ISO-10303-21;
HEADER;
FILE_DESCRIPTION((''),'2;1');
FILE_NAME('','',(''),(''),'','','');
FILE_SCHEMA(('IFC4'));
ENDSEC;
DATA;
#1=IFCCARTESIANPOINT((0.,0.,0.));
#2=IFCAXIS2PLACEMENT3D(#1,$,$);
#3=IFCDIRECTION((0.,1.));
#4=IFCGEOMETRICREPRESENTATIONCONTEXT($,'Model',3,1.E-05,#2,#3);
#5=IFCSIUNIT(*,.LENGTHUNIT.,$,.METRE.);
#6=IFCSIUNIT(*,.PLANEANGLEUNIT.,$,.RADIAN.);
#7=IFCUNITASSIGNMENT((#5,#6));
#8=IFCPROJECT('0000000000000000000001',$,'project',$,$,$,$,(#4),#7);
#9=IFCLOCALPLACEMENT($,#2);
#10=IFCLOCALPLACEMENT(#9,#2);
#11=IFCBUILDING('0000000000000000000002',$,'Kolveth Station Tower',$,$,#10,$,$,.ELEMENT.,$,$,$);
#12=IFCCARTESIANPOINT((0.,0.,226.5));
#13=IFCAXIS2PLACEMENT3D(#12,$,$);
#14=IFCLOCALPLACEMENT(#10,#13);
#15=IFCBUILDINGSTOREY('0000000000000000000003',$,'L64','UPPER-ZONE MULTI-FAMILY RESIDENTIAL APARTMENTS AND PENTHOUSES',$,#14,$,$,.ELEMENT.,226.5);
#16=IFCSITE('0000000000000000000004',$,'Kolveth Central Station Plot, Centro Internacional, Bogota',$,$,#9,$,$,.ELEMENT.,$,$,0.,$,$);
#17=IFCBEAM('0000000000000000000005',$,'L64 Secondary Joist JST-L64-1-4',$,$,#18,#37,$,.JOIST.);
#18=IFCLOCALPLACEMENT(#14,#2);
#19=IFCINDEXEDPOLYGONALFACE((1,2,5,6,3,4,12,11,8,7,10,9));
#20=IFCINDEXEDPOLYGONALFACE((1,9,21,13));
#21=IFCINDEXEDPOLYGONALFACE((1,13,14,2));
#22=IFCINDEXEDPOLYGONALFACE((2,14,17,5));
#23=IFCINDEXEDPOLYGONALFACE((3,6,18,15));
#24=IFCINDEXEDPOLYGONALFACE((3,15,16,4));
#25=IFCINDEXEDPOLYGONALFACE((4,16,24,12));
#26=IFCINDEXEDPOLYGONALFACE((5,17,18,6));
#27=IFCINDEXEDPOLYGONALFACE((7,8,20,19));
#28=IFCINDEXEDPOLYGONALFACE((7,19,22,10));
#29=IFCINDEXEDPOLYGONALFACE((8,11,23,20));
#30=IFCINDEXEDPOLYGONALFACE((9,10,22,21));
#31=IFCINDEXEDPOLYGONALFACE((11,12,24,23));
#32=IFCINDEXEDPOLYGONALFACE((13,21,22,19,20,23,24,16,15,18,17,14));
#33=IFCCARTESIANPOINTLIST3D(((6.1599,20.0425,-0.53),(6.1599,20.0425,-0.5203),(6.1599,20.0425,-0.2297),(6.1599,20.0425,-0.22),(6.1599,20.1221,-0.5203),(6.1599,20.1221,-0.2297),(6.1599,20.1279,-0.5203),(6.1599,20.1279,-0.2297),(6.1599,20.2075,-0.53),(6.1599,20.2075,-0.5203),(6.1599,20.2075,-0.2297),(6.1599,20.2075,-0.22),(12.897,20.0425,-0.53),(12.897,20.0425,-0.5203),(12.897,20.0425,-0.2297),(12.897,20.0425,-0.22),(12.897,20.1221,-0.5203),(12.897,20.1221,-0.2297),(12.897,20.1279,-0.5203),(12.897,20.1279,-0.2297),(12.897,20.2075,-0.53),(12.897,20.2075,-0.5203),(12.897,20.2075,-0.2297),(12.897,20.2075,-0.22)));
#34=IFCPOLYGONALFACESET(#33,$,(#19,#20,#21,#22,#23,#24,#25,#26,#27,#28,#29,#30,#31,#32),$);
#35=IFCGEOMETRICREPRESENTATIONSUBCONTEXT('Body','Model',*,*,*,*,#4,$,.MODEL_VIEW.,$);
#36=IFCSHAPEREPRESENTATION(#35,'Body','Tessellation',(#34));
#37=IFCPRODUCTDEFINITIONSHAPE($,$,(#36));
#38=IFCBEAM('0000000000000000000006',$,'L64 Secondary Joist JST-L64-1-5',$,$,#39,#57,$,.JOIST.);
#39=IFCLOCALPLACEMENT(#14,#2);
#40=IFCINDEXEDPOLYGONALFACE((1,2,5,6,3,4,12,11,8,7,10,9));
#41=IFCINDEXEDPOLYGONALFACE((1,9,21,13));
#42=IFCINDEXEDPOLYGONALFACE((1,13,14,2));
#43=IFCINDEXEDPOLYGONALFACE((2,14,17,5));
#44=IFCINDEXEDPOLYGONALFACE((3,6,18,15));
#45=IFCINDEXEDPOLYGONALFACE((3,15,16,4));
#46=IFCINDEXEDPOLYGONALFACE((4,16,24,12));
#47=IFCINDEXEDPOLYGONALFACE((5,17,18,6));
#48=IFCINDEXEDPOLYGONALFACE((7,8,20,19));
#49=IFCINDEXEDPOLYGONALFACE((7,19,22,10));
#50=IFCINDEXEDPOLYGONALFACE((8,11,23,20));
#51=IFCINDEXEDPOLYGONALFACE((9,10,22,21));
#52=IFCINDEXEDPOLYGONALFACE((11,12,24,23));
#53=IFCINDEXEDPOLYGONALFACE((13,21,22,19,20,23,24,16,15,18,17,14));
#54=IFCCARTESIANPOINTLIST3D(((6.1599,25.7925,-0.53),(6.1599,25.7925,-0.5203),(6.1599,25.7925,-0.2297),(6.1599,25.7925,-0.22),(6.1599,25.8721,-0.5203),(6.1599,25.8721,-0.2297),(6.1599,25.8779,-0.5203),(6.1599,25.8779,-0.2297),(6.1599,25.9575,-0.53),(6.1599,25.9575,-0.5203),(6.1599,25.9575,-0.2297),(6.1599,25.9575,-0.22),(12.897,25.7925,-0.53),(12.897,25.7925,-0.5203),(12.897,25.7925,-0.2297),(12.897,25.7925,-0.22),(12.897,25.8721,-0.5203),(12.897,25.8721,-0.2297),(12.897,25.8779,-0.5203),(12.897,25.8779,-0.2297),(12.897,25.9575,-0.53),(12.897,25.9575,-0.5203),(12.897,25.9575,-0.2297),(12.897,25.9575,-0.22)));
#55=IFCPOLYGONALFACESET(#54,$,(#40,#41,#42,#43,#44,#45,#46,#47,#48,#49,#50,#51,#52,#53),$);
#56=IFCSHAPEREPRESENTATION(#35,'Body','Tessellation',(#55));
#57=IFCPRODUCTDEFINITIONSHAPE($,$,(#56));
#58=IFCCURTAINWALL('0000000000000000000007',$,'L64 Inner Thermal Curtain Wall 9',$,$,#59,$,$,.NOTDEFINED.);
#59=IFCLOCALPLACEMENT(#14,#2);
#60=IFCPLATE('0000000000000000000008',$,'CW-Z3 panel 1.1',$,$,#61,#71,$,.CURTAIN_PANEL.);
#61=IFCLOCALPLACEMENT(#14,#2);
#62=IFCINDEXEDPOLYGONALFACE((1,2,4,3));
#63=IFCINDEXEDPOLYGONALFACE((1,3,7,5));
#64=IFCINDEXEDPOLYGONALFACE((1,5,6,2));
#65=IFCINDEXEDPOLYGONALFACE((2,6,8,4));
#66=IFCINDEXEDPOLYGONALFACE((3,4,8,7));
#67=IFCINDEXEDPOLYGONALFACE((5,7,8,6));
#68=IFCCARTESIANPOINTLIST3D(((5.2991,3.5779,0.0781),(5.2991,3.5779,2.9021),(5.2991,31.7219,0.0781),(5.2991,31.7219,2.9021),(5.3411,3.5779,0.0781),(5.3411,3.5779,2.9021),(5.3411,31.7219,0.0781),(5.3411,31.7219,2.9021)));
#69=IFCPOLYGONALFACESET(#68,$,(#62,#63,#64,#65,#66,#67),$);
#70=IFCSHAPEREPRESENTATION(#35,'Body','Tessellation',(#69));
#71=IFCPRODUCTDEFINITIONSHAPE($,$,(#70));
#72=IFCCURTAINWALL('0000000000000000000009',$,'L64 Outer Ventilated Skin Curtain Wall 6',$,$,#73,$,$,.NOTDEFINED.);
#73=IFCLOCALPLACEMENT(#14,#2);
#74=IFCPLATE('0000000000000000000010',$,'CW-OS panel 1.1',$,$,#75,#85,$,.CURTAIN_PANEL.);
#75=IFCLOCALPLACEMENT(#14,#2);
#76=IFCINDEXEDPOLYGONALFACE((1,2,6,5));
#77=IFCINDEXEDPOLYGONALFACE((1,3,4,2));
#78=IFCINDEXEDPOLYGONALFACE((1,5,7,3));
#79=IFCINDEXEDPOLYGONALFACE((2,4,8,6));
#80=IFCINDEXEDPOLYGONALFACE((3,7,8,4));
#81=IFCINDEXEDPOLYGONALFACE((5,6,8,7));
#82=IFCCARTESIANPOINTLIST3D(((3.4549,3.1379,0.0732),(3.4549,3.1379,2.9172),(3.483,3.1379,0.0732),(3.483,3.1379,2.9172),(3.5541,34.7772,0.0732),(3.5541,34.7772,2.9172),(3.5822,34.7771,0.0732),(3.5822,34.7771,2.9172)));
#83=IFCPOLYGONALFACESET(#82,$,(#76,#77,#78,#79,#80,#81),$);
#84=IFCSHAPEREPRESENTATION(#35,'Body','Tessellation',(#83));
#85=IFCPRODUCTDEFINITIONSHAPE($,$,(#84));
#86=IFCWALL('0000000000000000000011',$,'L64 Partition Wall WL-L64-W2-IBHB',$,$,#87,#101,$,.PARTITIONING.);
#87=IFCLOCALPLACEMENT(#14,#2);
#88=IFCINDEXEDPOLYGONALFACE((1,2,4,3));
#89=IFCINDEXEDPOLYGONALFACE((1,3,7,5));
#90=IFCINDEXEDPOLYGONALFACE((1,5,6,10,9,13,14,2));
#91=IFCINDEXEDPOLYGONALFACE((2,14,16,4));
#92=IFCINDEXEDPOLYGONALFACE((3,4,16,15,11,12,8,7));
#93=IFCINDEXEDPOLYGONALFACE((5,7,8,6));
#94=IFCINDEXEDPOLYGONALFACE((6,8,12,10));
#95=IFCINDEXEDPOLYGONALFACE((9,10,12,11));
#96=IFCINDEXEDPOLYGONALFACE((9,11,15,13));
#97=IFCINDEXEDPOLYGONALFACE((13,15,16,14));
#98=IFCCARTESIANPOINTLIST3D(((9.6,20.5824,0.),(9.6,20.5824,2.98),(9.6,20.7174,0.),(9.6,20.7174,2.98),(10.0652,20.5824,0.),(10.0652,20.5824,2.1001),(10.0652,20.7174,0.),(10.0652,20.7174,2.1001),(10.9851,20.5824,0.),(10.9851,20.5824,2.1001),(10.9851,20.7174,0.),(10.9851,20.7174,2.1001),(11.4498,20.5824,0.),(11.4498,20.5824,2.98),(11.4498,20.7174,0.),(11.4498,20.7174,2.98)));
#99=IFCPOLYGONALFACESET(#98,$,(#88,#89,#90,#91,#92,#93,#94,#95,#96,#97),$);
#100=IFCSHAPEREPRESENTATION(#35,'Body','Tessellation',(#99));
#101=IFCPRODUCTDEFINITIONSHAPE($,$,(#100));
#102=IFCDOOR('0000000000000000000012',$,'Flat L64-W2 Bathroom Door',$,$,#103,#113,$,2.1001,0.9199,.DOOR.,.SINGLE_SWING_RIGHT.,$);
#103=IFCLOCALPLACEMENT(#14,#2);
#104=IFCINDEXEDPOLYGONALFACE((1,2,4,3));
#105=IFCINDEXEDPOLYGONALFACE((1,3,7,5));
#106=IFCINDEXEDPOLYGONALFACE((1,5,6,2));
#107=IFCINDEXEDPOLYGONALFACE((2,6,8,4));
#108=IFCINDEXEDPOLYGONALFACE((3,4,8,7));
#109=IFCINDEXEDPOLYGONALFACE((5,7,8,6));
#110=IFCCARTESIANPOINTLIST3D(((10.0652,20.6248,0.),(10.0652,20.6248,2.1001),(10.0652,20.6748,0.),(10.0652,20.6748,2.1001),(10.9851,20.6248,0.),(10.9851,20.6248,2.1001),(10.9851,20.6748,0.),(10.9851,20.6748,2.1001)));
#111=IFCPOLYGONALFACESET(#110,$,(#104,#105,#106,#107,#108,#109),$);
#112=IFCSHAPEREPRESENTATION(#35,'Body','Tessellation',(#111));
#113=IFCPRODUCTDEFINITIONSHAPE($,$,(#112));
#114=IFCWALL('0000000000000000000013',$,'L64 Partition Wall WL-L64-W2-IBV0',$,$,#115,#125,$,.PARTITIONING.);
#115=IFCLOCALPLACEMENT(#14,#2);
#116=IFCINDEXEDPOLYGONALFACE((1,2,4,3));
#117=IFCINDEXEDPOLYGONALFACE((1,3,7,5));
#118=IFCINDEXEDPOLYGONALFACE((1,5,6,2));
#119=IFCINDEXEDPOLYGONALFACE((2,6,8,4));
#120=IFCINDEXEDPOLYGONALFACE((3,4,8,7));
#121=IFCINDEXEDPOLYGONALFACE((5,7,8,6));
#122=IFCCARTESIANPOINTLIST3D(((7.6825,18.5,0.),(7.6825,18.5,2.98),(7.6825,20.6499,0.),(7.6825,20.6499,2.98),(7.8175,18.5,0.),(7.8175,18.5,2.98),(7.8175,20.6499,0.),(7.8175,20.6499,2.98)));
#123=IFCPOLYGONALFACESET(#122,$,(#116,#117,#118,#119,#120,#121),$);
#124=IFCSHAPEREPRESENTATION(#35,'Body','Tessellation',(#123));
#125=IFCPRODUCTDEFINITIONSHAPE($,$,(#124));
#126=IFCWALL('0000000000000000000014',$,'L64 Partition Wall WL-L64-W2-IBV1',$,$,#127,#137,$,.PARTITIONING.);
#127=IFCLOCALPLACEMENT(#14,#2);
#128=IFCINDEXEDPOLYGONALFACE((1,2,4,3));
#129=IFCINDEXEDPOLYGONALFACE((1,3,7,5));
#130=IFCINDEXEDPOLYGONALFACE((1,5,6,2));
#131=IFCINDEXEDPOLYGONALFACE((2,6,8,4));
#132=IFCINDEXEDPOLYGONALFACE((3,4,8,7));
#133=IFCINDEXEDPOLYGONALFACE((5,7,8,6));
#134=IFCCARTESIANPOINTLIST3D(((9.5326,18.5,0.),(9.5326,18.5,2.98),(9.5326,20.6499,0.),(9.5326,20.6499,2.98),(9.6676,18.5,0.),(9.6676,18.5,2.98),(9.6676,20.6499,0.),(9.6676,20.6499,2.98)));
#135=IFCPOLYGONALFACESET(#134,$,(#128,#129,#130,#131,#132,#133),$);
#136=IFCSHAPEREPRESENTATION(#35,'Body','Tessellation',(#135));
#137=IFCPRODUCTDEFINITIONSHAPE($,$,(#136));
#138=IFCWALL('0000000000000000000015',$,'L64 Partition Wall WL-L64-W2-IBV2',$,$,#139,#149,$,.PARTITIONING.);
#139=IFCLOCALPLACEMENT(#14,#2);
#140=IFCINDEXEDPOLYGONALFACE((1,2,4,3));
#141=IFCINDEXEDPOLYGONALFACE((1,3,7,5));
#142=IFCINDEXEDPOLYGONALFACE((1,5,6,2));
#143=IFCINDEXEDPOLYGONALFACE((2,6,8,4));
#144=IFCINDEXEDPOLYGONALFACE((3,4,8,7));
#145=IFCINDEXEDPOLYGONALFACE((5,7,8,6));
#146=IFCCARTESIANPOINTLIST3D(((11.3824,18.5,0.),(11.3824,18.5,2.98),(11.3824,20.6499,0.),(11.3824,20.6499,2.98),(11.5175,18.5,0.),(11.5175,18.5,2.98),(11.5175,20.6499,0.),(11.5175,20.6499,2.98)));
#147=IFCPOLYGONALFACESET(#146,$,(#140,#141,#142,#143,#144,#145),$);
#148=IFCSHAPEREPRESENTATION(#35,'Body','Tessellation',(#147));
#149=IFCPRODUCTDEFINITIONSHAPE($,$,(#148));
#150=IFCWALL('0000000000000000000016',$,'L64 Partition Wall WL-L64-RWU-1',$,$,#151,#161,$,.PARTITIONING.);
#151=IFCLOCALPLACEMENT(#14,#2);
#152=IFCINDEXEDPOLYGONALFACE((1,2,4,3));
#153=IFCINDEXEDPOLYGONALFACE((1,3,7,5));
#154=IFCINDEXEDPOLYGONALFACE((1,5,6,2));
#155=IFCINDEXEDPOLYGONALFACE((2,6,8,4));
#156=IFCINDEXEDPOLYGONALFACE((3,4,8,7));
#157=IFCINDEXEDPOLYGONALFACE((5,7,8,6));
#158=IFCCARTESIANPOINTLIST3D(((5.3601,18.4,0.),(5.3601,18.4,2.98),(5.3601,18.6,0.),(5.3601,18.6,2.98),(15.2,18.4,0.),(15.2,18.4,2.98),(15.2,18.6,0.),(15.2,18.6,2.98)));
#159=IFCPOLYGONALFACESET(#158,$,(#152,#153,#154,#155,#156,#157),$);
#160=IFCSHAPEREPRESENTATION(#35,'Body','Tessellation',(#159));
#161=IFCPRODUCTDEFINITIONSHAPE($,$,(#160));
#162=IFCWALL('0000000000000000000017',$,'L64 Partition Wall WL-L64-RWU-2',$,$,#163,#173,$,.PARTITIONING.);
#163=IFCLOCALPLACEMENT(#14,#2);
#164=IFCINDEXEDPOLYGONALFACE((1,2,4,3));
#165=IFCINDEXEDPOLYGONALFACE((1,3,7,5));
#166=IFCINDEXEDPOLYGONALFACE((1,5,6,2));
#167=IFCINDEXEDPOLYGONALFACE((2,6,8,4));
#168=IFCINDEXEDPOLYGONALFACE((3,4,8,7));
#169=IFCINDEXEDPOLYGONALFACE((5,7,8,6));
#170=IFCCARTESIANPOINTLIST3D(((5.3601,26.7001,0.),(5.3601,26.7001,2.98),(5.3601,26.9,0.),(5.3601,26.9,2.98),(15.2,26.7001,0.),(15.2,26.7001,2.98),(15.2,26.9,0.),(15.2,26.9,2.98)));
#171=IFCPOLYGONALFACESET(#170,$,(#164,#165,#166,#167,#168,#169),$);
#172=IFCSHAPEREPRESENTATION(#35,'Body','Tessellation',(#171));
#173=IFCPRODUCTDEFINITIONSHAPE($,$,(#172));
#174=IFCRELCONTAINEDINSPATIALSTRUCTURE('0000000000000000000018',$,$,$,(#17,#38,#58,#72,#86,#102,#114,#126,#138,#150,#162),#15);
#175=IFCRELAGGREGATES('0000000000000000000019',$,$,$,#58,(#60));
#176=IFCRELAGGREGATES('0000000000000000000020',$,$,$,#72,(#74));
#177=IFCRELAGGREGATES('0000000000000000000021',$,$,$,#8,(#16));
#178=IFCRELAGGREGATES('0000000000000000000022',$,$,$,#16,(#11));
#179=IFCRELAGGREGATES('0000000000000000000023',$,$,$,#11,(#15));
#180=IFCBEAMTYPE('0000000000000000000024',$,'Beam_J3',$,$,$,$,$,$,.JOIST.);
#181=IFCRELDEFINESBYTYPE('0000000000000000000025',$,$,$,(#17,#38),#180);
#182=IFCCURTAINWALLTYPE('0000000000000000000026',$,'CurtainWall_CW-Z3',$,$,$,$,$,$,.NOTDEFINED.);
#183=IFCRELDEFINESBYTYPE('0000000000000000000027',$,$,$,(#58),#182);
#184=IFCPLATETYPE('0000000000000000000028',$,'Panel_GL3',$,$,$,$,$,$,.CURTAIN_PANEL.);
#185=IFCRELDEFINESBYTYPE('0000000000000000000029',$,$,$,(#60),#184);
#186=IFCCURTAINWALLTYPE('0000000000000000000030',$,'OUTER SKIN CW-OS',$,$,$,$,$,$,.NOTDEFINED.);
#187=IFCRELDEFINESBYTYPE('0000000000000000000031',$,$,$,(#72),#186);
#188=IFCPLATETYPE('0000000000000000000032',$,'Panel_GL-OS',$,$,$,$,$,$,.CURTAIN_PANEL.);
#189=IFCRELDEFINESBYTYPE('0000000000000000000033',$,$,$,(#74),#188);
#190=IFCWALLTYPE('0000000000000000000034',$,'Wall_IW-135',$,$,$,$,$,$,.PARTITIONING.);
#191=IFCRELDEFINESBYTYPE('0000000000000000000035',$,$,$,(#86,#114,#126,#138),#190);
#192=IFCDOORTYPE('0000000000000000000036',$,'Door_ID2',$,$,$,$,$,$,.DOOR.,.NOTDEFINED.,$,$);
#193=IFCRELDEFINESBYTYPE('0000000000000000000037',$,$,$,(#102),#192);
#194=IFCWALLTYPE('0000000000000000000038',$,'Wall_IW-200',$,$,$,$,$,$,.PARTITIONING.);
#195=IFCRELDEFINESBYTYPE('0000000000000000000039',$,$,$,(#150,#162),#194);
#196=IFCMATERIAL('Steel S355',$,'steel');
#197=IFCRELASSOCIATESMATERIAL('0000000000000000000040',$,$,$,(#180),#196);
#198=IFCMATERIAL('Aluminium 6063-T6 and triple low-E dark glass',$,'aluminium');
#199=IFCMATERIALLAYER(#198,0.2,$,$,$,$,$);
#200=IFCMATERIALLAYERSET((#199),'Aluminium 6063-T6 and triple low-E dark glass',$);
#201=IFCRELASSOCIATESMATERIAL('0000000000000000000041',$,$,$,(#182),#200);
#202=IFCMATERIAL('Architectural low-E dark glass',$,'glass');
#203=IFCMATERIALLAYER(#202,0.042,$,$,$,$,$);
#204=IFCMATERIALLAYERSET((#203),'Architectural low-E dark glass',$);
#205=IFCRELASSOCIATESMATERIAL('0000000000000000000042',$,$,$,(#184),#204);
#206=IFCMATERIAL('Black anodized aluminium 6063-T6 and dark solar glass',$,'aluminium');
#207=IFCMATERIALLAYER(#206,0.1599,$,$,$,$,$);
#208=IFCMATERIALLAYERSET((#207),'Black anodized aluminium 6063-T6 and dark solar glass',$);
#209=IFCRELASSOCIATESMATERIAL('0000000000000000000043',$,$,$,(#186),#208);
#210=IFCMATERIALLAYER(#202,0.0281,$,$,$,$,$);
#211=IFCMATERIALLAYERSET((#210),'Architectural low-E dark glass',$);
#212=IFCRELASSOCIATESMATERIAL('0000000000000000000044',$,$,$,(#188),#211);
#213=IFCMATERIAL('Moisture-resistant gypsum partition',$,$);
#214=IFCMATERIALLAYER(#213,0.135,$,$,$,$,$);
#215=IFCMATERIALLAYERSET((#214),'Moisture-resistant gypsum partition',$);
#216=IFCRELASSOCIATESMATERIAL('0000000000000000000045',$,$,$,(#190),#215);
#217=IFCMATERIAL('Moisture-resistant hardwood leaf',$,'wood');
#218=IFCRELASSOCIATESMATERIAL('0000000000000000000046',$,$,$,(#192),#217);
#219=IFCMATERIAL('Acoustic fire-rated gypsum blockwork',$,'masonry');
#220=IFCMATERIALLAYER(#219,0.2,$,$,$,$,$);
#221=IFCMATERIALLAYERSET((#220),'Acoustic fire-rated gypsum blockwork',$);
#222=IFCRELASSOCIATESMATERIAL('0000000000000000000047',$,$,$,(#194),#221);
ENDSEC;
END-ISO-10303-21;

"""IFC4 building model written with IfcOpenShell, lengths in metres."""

from ifc_helpers import new_model, si_unit, direction, frame, frame_2d, origin, origin_2d, place, context, subcontext, project, spatial, rectangle, i_section, extrude, source, transform, mapped, material, layer, layer_set, material_profile, profile_set, type_object, element, fill, aggregate, save


model = new_model("IFC4")

# Units and contexts
model_context = context("Model", 3, precision=1e-05, world=origin(), true_north=direction((0.0, 1.0)))
body_context = subcontext(model_context, "Body", "Model", "MODEL_VIEW")
ifc_project = project(units=[si_unit("LENGTHUNIT", "METRE"), si_unit("PLANEANGLEUNIT", "RADIAN")], contexts=[model_context])

# Site, building, storey
site_placement = place(None, origin())
site = spatial("IfcSite", under=ifc_project, at=site_placement, Name="Kolveth Central Station Plot, Centro Internacional, Bogota", CompositionType="ELEMENT", RefElevation=0.0)
building_placement = place(site_placement, origin())
building = spatial("IfcBuilding", under=site, at=building_placement, Name="Kolveth Station Tower", CompositionType="ELEMENT")
storey_placement = place(building_placement, frame((0.0, 0.0, 226.5)))
storey = spatial("IfcBuildingStorey", under=building, at=storey_placement, Name="L64", Description="UPPER-ZONE MULTI-FAMILY RESIDENTIAL APARTMENTS AND PENTHOUSES", CompositionType="ELEMENT", Elevation=226.5)

# Shared definitions
ifc_material_1 = material(Name="Steel S355", Category="steel")

# Beams
ifc_material_profile_1 = material_profile(ifc_material_1, i_section(OverallWidth=0.165, OverallDepth=0.3101, WebThickness=0.0059, FlangeThickness=0.0098, at=origin_2d()), Name="W310x39")
ifc_profile_set_1 = profile_set([ifc_material_profile_1], Name="Steel S355")
beam_type_1 = type_object("IfcBeamType", Name="Beam_J3", PredefinedType="JOIST", material=ifc_profile_set_1)
shared_shape_1 = source(origin(), body_context, "Body", "SweptSolid", [
    extrude(i_section(OverallWidth=0.165, OverallDepth=0.3101, WebThickness=0.0059, FlangeThickness=0.0098, at=origin_2d()), origin(), (0.0, 0.0, 1.0), 6.7371),
])
for number, where, z_axis, x_axis, name in (
    (1, (6.1599, 20.125, -0.375), (1.0, 0.0, 0.0), (0.0, 1.0, 0.0), "L64 Secondary Joist JST-L64-1-4"),
    (2, (6.1599, 25.875, -0.375), (1.0, 0.0, 0.0), (0.0, 1.0, 0.0), "L64 Secondary Joist JST-L64-1-5"),
):
    element("IfcBeam", number, at=place(storey_placement, frame(where, z_axis=z_axis, x_axis=x_axis)), inside=storey, type_object=beam_type_1, Name=name, PredefinedType="JOIST", context=body_context, shape_type="MappedRepresentation", body=[
        mapped(shared_shape_1, transform((0.0, 0.0, 0.0), x_axis=(1.0, 0.0, 0.0), y_axis=(0.0, 1.0, 0.0), z_axis=(0.0, 0.0, 1.0), scale=1.0)),
    ])

# Curtain walls, plates
ifc_material_2 = material(Name="Aluminium 6063-T6 and triple low-E dark glass", Category="aluminium")
ifc_layer_1 = layer(ifc_material_2, 0.2)
ifc_layer_set_1 = layer_set([ifc_layer_1], Name="Aluminium 6063-T6 and triple low-E dark glass")
curtain_wall_type_1 = type_object("IfcCurtainWallType", Name="CurtainWall_CW-Z3", PredefinedType="NOTDEFINED", material=ifc_layer_set_1)
curtain_wall_1_placement = place(storey_placement, origin())
curtain_wall_1 = element("IfcCurtainWall", 3, at=curtain_wall_1_placement, inside=storey, type_object=curtain_wall_type_1, Name="L64 Inner Thermal Curtain Wall 9", PredefinedType="NOTDEFINED")
ifc_material_3 = material(Name="Architectural low-E dark glass", Category="glass")
ifc_layer_2 = layer(ifc_material_3, 0.042)
ifc_layer_set_2 = layer_set([ifc_layer_2], Name="Architectural low-E dark glass")
plate_type_1 = type_object("IfcPlateType", Name="Panel_GL3", PredefinedType="CURTAIN_PANEL", material=ifc_layer_set_2)
shared_shape_2 = source(origin(), body_context, "Body", "SweptSolid", [
    extrude(rectangle(XDim=28.144, YDim=0.042, at=origin_2d()), origin(), (0.0, 0.0, 1.0), 2.824),
])
plate_1_placement = place(storey_placement, frame((5.3201, 17.6499, 0.0781), z_axis=(0.0, 0.0, 1.0), x_axis=(0.0, -1.0, 0.0)))
plate_1 = element("IfcPlate", 4, at=plate_1_placement, type_object=plate_type_1, Name="CW-Z3 panel 1.1", PredefinedType="CURTAIN_PANEL", context=body_context, shape_type="MappedRepresentation", body=[
    mapped(shared_shape_2, transform((0.0, 0.0, 0.0), x_axis=(1.0, 0.0, 0.0), y_axis=(0.0, 1.0, 0.0), z_axis=(0.0, 0.0, 1.0), scale=1.0)),
])
aggregate(curtain_wall_1, [plate_1])
ifc_material_4 = material(Name="Black anodized aluminium 6063-T6 and dark solar glass", Category="aluminium")
ifc_layer_3 = layer(ifc_material_4, 0.1599)
ifc_layer_set_3 = layer_set([ifc_layer_3], Name="Black anodized aluminium 6063-T6 and dark solar glass")
curtain_wall_type_2 = type_object("IfcCurtainWallType", Name="OUTER SKIN CW-OS", PredefinedType="NOTDEFINED", material=ifc_layer_set_3)
curtain_wall_2_placement = place(storey_placement, origin())
curtain_wall_2 = element("IfcCurtainWall", 5, at=curtain_wall_2_placement, inside=storey, type_object=curtain_wall_type_2, Name="L64 Outer Ventilated Skin Curtain Wall 6", PredefinedType="NOTDEFINED")
ifc_layer_4 = layer(ifc_material_3, 0.0281)
ifc_layer_set_4 = layer_set([ifc_layer_4], Name="Architectural low-E dark glass")
plate_type_2 = type_object("IfcPlateType", Name="Panel_GL-OS", PredefinedType="CURTAIN_PANEL", material=ifc_layer_set_4)
shared_shape_3 = source(origin(), body_context, "Body", "SweptSolid", [
    extrude(rectangle(XDim=31.6394, YDim=0.0281, at=origin_2d()), origin(), (0.0, 0.0, 1.0), 2.844),
])
plate_2_placement = place(storey_placement, frame((3.5186, 18.9575, 0.0732), z_axis=(0.0, 0.0, 1.0), x_axis=(-0.003135, -0.999995, 0.0)))
plate_2 = element("IfcPlate", 6, at=plate_2_placement, type_object=plate_type_2, Name="CW-OS panel 1.1", PredefinedType="CURTAIN_PANEL", context=body_context, shape_type="MappedRepresentation", body=[
    mapped(shared_shape_3, transform((0.0, 0.0, 0.0), x_axis=(1.0, 0.0, 0.0), y_axis=(0.0, 1.0, 0.0), z_axis=(0.0, 0.0, 1.0), scale=1.0)),
])
aggregate(curtain_wall_2, [plate_2])

# Wall, opening, door
ifc_material_5 = material(Name="Moisture-resistant gypsum partition")
ifc_layer_5 = layer(ifc_material_5, 0.135)
ifc_layer_set_5 = layer_set([ifc_layer_5], Name="Moisture-resistant gypsum partition")
wall_type_1 = type_object("IfcWallType", Name="Wall_IW-135", PredefinedType="PARTITIONING", material=ifc_layer_set_5)
wall_1_placement = place(storey_placement, frame((9.6001, 20.6499, 0.0), z_axis=(0.0, 0.0, 1.0), x_axis=(1.0, 0.0, 0.0)))
wall_1 = element("IfcWall", 7, at=wall_1_placement, inside=storey, type_object=wall_type_1, Name="L64 Partition Wall WL-L64-W2-IBHB", PredefinedType="PARTITIONING", context=body_context, shape_type="SweptSolid", body=[
    extrude(rectangle(XDim=1.8499, YDim=0.135, at=frame_2d((0.9248, 0.0))), origin(), (0.0, 0.0, 1.0), 2.98),
])
opening_1_placement = place(wall_1_placement, frame((0.4651, 0.0, 0.0)))
opening_1 = element("IfcOpeningElement", 8, at=opening_1_placement, cuts=wall_1, PredefinedType="OPENING", context=body_context, shape_type="SweptSolid", body=[
    extrude(rectangle(XDim=0.9199, YDim=2.1001, at=frame_2d((0.46, 1.05))), frame((0.0, 0.0774, 0.0), z_axis=(0.0, -1.0, 0.0), x_axis=(1.0, 0.0, 0.0)), (0.0, 0.0, 1.0), 0.155),
])
ifc_material_6 = material(Name="Moisture-resistant hardwood leaf", Category="wood")
door_type_1 = type_object("IfcDoorType", Name="Door_ID2", OperationType="NOTDEFINED", PredefinedType="DOOR", material=ifc_material_6)
door_1_placement = place(opening_1_placement, origin())
door_1 = element("IfcDoor", 9, at=door_1_placement, inside=storey, type_object=door_type_1, Name="Flat L64-W2 Bathroom Door", OperationType="SINGLE_SWING_RIGHT", OverallHeight=2.1001, OverallWidth=0.9199, PredefinedType="DOOR", context=body_context, shape_type="SweptSolid", body=[
    extrude(rectangle(XDim=0.9199, YDim=2.1001, at=frame_2d((0.46, 1.05))), frame((0.0, 0.0249, 0.0), z_axis=(0.0, -1.0, 0.0), x_axis=(1.0, 0.0, 0.0)), (0.0, 0.0, 1.0), 0.05),
])
fill(opening_1, door_1)

# Walls
for number, where, z_axis, x_axis, name in (
    (10, (7.75, 18.5, 0.0), (0.0, 0.0, 1.0), (0.0, 1.0, 0.0), "L64 Partition Wall WL-L64-W2-IBV0"),
    (11, (9.6001, 18.5, 0.0), (0.0, 0.0, 1.0), (0.0, 1.0, 0.0), "L64 Partition Wall WL-L64-W2-IBV1"),
    (12, (11.45, 18.5, 0.0), (0.0, 0.0, 1.0), (0.0, 1.0, 0.0), "L64 Partition Wall WL-L64-W2-IBV2"),
):
    element("IfcWall", number, at=place(storey_placement, frame(where, z_axis=z_axis, x_axis=x_axis)), inside=storey, type_object=wall_type_1, Name=name, PredefinedType="PARTITIONING", context=body_context, shape_type="SweptSolid", body=[
        extrude(rectangle(XDim=2.1499, YDim=0.135, at=frame_2d((1.075, 0.0))), origin(), (0.0, 0.0, 1.0), 2.98),
    ])
ifc_material_7 = material(Name="Acoustic fire-rated gypsum blockwork", Category="masonry")
ifc_layer_6 = layer(ifc_material_7, 0.2)
ifc_layer_set_6 = layer_set([ifc_layer_6], Name="Acoustic fire-rated gypsum blockwork")
wall_type_2 = type_object("IfcWallType", Name="Wall_IW-200", PredefinedType="PARTITIONING", material=ifc_layer_set_6)
for number, where, z_axis, x_axis, name in (
    (13, (5.3601, 18.5, 0.0), (0.0, 0.0, 1.0), (1.0, 0.0, 0.0), "L64 Partition Wall WL-L64-RWU-1"),
    (14, (5.3601, 26.8, 0.0), (0.0, 0.0, 1.0), (1.0, 0.0, 0.0), "L64 Partition Wall WL-L64-RWU-2"),
):
    element("IfcWall", number, at=place(storey_placement, frame(where, z_axis=z_axis, x_axis=x_axis)), inside=storey, type_object=wall_type_2, Name=name, PredefinedType="PARTITIONING", context=body_context, shape_type="SweptSolid", body=[
        extrude(rectangle(XDim=9.8398, YDim=0.2, at=frame_2d((4.9199, 0.0))), origin(), (0.0, 0.0, 1.0), 2.98),
    ])

save(model, "model.ifc")
